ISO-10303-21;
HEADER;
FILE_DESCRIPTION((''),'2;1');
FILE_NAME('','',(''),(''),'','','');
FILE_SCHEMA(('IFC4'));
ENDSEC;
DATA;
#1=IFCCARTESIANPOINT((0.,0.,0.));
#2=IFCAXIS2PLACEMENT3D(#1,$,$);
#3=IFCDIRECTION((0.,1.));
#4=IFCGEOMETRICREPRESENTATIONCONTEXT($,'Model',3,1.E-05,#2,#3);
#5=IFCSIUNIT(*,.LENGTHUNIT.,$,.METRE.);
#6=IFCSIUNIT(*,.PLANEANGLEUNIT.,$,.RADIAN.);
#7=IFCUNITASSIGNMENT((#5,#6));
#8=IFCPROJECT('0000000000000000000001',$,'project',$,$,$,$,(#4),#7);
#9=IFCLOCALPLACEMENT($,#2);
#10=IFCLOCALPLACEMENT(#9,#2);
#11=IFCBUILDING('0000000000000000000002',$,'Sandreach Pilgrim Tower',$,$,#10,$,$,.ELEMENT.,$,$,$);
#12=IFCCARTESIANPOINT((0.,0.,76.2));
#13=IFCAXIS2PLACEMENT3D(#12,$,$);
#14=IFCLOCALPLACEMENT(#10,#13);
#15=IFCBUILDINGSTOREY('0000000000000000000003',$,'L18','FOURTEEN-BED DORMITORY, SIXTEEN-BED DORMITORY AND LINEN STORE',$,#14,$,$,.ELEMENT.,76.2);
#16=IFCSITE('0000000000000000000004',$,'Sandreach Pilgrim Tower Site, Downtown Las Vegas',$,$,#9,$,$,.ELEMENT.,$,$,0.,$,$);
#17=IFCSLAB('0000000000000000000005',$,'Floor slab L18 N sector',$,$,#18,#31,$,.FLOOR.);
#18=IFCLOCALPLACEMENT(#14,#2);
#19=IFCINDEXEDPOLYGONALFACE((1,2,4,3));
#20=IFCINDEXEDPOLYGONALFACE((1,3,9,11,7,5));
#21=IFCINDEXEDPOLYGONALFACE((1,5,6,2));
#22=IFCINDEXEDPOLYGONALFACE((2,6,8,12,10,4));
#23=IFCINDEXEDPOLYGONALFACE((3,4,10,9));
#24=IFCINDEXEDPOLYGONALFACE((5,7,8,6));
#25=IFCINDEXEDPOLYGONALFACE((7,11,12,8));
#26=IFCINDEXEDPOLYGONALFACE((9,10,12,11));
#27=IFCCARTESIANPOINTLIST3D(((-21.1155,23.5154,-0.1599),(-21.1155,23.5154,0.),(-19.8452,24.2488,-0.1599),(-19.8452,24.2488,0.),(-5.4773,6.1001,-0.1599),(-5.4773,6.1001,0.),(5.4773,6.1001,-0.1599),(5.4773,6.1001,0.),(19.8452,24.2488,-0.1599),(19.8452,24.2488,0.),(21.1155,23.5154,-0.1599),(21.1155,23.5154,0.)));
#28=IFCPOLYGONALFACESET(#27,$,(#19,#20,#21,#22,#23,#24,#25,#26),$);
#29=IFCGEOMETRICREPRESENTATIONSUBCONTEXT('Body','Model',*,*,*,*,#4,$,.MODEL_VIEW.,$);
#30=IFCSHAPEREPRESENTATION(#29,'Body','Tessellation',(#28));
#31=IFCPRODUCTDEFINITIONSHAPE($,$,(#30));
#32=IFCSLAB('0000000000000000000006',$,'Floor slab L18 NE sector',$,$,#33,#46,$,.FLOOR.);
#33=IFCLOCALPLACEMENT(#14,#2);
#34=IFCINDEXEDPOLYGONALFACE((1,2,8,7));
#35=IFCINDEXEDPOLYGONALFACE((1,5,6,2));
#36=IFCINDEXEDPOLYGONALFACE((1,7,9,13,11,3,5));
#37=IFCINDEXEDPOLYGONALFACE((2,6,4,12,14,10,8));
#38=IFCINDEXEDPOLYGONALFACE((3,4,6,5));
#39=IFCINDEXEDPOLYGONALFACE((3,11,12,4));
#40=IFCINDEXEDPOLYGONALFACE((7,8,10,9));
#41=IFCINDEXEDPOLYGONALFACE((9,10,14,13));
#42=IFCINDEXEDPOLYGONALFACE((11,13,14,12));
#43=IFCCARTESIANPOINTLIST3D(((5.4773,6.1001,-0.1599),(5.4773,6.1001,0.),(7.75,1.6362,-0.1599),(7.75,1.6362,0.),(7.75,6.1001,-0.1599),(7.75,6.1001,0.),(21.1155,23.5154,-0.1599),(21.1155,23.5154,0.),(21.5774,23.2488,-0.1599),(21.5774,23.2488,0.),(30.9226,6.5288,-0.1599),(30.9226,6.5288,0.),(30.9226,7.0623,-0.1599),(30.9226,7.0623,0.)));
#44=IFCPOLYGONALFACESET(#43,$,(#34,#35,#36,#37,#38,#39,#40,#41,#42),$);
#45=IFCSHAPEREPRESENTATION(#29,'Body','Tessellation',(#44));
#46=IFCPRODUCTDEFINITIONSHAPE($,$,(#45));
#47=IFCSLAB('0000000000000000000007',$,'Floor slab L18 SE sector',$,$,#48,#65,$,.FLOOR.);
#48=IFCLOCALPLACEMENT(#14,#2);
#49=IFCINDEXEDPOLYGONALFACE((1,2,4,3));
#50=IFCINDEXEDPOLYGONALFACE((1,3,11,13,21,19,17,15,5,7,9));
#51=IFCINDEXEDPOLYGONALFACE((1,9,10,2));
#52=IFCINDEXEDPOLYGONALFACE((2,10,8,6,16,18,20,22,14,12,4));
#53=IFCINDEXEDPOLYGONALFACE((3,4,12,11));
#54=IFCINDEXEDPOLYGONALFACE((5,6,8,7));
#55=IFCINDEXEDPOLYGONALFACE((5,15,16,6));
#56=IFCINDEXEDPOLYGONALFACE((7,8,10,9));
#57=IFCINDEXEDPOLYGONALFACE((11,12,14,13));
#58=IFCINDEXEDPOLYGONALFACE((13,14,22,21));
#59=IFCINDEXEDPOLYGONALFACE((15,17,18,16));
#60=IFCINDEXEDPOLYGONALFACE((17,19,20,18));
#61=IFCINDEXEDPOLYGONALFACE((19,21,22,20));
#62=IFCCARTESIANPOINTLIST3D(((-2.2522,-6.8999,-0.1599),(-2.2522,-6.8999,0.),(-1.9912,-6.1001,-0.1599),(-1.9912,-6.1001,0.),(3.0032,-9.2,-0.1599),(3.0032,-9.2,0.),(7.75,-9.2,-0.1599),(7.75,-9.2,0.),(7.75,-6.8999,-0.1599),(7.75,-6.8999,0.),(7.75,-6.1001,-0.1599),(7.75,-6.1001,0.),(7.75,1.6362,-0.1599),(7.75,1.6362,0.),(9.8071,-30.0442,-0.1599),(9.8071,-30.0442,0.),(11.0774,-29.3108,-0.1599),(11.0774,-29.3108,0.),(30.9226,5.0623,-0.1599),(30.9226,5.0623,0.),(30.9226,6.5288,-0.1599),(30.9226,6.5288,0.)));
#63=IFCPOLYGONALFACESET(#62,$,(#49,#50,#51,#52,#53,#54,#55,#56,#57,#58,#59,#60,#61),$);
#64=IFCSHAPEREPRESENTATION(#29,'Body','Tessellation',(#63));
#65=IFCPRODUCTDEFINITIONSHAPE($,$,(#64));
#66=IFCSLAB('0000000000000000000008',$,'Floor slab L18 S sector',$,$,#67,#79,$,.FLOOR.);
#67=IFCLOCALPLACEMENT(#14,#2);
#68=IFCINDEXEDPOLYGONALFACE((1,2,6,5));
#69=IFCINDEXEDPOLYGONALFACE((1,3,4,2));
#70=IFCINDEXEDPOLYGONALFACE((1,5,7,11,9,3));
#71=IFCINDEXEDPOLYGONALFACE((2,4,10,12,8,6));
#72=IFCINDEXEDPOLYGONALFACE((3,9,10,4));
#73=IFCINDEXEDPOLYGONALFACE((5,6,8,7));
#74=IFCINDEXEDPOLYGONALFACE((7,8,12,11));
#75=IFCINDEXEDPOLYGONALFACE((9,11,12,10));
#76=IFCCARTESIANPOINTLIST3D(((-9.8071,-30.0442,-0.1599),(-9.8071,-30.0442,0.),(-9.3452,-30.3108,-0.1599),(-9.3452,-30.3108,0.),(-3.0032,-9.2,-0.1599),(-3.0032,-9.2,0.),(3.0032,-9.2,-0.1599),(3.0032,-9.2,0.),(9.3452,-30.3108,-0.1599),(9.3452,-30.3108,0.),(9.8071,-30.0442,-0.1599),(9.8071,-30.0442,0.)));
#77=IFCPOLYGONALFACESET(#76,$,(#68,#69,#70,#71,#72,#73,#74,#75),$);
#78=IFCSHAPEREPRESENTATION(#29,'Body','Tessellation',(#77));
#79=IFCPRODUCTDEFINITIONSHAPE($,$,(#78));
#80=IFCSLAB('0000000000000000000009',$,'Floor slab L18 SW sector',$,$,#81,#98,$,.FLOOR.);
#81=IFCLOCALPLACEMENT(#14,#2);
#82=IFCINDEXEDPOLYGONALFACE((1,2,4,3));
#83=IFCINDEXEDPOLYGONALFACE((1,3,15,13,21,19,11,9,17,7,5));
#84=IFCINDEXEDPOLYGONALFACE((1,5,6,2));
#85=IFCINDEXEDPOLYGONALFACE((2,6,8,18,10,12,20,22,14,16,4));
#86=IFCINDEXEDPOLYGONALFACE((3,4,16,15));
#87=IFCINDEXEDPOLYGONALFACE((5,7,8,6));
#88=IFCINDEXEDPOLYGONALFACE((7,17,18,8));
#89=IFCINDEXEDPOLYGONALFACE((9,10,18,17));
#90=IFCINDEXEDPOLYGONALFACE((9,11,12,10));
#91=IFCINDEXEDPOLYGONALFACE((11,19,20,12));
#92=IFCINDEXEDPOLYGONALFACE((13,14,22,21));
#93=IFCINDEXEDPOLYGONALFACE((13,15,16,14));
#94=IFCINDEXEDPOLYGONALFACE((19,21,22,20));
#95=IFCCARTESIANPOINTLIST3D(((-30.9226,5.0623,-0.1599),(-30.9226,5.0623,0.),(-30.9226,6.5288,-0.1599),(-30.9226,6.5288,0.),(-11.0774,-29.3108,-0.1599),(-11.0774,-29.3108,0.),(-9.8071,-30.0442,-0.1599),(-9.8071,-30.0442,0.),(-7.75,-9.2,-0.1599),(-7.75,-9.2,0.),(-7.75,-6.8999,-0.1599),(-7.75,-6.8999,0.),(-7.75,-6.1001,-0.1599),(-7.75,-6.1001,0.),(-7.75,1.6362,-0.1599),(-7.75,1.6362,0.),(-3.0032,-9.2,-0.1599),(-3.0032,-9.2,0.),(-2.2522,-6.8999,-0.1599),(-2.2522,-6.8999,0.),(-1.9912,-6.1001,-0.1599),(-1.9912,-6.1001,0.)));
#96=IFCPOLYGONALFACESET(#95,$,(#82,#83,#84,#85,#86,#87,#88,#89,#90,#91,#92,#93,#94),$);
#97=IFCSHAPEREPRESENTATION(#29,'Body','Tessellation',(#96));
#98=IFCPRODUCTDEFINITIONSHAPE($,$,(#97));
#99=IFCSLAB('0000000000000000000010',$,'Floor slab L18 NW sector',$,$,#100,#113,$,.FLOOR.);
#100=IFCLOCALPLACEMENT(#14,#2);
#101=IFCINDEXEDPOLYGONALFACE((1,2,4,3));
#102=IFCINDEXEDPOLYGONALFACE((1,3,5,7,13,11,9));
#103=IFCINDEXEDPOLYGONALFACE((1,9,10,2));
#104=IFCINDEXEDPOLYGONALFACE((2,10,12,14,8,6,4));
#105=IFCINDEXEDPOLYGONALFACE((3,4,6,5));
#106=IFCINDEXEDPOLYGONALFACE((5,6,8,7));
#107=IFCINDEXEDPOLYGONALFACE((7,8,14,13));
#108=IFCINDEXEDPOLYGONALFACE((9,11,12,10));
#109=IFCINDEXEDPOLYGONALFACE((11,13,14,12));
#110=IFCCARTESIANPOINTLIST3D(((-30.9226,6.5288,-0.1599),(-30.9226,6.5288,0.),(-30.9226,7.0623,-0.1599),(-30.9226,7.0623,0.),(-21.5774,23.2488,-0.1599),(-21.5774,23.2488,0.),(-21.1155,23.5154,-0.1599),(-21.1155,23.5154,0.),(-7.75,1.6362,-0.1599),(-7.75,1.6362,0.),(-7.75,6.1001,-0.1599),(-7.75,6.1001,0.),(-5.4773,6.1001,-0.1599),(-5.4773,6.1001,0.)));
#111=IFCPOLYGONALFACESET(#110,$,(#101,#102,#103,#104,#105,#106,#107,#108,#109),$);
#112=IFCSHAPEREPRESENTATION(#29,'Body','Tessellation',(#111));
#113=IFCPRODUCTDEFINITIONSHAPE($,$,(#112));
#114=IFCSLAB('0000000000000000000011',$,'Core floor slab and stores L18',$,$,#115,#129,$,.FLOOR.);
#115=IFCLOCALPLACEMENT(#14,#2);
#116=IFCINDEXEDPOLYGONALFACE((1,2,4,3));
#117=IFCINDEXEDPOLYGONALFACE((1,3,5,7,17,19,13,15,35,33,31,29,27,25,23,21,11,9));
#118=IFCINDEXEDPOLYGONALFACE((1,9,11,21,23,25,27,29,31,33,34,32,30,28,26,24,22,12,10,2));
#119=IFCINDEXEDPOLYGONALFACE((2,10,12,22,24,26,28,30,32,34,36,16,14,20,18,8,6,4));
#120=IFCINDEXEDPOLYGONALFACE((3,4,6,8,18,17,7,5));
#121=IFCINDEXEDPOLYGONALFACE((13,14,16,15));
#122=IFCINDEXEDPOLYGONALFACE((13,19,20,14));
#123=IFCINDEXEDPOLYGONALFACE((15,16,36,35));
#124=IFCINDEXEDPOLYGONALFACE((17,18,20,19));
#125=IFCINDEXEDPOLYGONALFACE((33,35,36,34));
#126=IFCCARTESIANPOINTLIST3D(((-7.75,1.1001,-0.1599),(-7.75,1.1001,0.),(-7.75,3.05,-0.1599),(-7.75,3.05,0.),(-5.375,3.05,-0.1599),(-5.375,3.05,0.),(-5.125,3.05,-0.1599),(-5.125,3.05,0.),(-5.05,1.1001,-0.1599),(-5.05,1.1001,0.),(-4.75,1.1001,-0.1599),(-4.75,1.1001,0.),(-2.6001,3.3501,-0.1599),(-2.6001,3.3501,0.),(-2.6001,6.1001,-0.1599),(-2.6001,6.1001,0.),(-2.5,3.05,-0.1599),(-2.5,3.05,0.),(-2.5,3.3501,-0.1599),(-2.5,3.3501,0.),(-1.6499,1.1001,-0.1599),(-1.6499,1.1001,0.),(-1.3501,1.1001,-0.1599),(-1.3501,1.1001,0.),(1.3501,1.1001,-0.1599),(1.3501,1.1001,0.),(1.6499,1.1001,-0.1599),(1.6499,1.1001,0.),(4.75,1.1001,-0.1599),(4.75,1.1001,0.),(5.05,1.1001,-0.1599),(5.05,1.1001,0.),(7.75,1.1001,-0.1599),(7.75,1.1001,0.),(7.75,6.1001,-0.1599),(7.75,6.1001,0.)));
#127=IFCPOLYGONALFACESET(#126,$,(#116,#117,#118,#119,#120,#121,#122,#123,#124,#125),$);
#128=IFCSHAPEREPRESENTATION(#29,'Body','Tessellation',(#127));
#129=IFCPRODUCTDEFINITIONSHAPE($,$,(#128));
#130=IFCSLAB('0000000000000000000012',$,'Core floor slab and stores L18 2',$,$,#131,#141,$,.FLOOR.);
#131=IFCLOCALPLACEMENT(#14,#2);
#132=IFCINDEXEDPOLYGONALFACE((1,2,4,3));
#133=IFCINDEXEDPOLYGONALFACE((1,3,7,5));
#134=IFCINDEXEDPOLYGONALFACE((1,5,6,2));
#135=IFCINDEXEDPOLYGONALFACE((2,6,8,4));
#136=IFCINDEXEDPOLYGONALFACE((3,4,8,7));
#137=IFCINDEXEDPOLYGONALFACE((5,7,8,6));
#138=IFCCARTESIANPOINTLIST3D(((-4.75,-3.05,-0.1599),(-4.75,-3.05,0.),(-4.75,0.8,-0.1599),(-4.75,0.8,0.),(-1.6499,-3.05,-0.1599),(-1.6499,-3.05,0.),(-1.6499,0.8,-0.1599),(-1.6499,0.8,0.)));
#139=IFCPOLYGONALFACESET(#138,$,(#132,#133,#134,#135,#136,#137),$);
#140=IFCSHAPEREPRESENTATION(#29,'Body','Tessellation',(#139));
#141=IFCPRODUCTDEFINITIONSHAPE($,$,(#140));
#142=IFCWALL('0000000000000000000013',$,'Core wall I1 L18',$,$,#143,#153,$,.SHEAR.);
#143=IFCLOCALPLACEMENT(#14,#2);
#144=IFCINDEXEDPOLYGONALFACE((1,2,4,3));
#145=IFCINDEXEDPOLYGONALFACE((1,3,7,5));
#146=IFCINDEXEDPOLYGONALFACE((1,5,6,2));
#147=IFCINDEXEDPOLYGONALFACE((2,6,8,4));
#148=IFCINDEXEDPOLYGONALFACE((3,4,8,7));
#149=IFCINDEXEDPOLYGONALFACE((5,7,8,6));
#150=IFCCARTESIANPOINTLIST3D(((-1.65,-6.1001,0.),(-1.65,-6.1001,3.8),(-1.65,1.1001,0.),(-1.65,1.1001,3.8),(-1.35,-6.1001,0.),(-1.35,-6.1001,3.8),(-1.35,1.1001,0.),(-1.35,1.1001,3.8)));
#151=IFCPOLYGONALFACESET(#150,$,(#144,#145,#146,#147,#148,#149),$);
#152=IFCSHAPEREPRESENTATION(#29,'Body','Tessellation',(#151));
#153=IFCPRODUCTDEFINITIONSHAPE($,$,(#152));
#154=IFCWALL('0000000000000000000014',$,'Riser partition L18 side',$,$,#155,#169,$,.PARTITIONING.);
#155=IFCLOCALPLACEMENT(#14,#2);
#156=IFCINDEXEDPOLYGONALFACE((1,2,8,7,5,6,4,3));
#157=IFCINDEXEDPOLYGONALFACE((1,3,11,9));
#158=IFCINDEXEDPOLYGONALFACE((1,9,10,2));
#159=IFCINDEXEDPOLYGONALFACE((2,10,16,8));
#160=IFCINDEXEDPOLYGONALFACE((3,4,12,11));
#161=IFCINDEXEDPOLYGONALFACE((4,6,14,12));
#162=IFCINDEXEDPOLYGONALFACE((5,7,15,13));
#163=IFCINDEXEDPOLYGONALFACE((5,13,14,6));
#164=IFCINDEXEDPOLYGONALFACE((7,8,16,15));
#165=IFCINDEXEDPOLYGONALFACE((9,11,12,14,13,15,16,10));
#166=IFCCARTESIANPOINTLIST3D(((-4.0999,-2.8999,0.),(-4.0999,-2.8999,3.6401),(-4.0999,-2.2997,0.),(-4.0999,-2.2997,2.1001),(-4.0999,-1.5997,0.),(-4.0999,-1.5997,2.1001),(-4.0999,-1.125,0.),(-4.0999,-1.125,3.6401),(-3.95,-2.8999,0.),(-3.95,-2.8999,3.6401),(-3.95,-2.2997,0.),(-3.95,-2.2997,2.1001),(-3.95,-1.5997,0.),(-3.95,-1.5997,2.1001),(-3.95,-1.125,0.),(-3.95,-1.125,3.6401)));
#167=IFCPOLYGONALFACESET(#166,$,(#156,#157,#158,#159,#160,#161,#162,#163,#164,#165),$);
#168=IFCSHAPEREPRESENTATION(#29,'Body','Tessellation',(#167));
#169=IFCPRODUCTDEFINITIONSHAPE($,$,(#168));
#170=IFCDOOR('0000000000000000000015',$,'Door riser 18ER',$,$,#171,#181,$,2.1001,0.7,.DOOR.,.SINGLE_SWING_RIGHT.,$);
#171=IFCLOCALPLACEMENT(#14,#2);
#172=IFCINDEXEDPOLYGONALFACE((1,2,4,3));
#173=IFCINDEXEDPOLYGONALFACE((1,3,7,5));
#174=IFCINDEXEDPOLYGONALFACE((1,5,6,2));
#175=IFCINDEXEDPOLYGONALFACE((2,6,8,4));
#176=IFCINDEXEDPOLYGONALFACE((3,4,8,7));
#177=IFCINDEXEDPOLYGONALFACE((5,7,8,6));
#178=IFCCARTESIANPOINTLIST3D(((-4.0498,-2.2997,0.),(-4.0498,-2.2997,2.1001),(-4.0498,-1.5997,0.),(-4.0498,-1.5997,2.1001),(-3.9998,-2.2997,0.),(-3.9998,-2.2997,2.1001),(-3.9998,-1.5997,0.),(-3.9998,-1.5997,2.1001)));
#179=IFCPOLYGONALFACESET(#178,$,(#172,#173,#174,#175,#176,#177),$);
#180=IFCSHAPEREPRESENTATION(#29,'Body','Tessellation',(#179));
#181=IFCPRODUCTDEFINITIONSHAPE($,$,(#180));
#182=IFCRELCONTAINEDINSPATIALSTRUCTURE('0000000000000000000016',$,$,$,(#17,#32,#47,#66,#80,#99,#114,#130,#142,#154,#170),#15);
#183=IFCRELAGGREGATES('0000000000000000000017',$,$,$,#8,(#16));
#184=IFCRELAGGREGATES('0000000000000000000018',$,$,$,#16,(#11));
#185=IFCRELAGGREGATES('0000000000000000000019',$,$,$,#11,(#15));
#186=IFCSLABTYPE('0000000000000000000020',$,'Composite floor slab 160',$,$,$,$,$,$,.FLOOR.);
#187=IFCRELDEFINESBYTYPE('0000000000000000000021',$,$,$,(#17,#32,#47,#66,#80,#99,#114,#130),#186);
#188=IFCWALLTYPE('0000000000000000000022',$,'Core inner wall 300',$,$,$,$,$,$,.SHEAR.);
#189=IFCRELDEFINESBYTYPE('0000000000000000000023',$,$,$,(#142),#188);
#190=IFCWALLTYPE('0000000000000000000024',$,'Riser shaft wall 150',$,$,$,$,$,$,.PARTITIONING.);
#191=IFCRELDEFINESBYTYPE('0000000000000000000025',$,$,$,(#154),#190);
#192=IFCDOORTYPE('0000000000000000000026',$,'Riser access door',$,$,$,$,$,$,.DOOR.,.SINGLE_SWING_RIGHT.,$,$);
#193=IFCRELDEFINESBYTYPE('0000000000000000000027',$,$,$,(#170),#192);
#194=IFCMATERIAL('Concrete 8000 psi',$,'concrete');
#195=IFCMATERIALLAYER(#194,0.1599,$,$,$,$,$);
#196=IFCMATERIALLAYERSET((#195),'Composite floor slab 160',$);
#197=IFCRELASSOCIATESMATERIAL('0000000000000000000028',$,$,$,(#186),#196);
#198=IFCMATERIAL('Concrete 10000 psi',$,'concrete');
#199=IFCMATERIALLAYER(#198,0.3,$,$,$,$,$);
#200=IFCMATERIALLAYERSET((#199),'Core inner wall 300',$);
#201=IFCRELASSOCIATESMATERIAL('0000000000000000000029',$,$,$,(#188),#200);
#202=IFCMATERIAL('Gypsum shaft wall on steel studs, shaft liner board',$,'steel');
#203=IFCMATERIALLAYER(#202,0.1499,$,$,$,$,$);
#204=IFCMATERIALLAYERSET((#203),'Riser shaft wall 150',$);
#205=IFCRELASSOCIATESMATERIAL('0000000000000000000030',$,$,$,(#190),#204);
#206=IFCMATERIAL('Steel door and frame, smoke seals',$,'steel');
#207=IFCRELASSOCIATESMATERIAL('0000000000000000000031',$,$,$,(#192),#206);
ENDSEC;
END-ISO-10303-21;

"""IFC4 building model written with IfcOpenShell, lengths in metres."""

from ifc_helpers import new_model, si_unit, direction, frame, frame_2d, origin, place, context, subcontext, project, spatial, polyline, rectangle, outline, extrude, material, layer, layer_set, type_object, element, fill, save


model = new_model("IFC4")

# Units and contexts
model_context = context("Model", 3, precision=1e-05, world=origin(), true_north=direction((0.0, 1.0)))
body_context = subcontext(model_context, "Body", "Model", "MODEL_VIEW")
ifc_project = project(units=[si_unit("LENGTHUNIT", "METRE"), si_unit("PLANEANGLEUNIT", "RADIAN")], contexts=[model_context])

# Site, building, storey
site_placement = place(None, origin())
site = spatial("IfcSite", under=ifc_project, at=site_placement, Name="Sandreach Pilgrim Tower Site, Downtown Las Vegas", CompositionType="ELEMENT", RefElevation=0.0)
building_placement = place(site_placement, origin())
building = spatial("IfcBuilding", under=site, at=building_placement, Name="Sandreach Pilgrim Tower", CompositionType="ELEMENT")
storey_placement = place(building_placement, frame((0.0, 0.0, 76.2)))
storey = spatial("IfcBuildingStorey", under=building, at=storey_placement, Name="L18", Description="FOURTEEN-BED DORMITORY, SIXTEEN-BED DORMITORY AND LINEN STORE", CompositionType="ELEMENT", Elevation=76.2)

# Slabs
ifc_material_1 = material(Name="Concrete 8000 psi", Category="concrete")
ifc_layer_1 = layer(ifc_material_1, 0.1599)
ifc_layer_set_1 = layer_set([ifc_layer_1], Name="Composite floor slab 160")
slab_type = type_object("IfcSlabType", Name="Composite floor slab 160", PredefinedType="FLOOR", material=ifc_layer_set_1)
slab_1_placement = place(storey_placement, frame((0.0, 0.0, -0.1599)))
element("IfcSlab", 1, at=slab_1_placement, inside=storey, type_object=slab_type, Name="Floor slab L18 N sector", PredefinedType="FLOOR", context=body_context, shape_type="SweptSolid", body=[
    extrude(outline(polyline([(-19.8452, 24.2488), (19.8452, 24.2488), (21.1155, 23.5154), (5.4773, 6.1001), (-5.4773, 6.1001), (-21.1155, 23.5154), (-19.8452, 24.2488)])), origin(), (0.0, 0.0, 1.0), 0.1599),
])
slab_2_placement = place(storey_placement, frame((0.0, 0.0, -0.1599)))
element("IfcSlab", 2, at=slab_2_placement, inside=storey, type_object=slab_type, Name="Floor slab L18 NE sector", PredefinedType="FLOOR", context=body_context, shape_type="SweptSolid", body=[
    extrude(outline(polyline([(21.5774, 23.2488), (30.9226, 7.0623), (30.9226, 6.5288), (7.75, 1.6362), (7.75, 6.1001), (5.4773, 6.1001), (21.1155, 23.5154), (21.5774, 23.2488)])), origin(), (0.0, 0.0, 1.0), 0.1599),
])
slab_3_placement = place(storey_placement, frame((0.0, 0.0, -0.1599)))
element("IfcSlab", 3, at=slab_3_placement, inside=storey, type_object=slab_type, Name="Floor slab L18 SE sector", PredefinedType="FLOOR", context=body_context, shape_type="SweptSolid", body=[
    extrude(outline(polyline([(11.0774, -29.3108), (9.8071, -30.0442), (3.0032, -9.2), (7.75, -9.2), (7.75, -6.8999), (-2.2522, -6.8999), (-1.9912, -6.1001), (7.75, -6.1001), (7.75, 1.6362), (30.9226, 6.5288), (30.9226, 5.0623), (11.0774, -29.3108)])), origin(), (0.0, 0.0, 1.0), 0.1599),
])
slab_4_placement = place(storey_placement, frame((0.0, 0.0, -0.1599)))
element("IfcSlab", 4, at=slab_4_placement, inside=storey, type_object=slab_type, Name="Floor slab L18 S sector", PredefinedType="FLOOR", context=body_context, shape_type="SweptSolid", body=[
    extrude(outline(polyline([(9.3452, -30.3108), (-9.3452, -30.3108), (-9.8071, -30.0442), (-3.0032, -9.2), (3.0032, -9.2), (9.8071, -30.0442), (9.3452, -30.3108)])), origin(), (0.0, 0.0, 1.0), 0.1599),
])
slab_5_placement = place(storey_placement, frame((0.0, 0.0, -0.1599)))
element("IfcSlab", 5, at=slab_5_placement, inside=storey, type_object=slab_type, Name="Floor slab L18 SW sector", PredefinedType="FLOOR", context=body_context, shape_type="SweptSolid", body=[
    extrude(outline(polyline([(-11.0774, -29.3108), (-30.9226, 5.0623), (-30.9226, 6.5288), (-7.75, 1.6362), (-7.75, -6.1001), (-1.9912, -6.1001), (-2.2522, -6.8999), (-7.75, -6.8999), (-7.75, -9.2), (-3.0032, -9.2), (-9.8071, -30.0442), (-11.0774, -29.3108)])), origin(), (0.0, 0.0, 1.0), 0.1599),
])
slab_6_placement = place(storey_placement, frame((0.0, 0.0, -0.1599)))
element("IfcSlab", 6, at=slab_6_placement, inside=storey, type_object=slab_type, Name="Floor slab L18 NW sector", PredefinedType="FLOOR", context=body_context, shape_type="SweptSolid", body=[
    extrude(outline(polyline([(-30.9226, 7.0623), (-21.5774, 23.2488), (-21.1155, 23.5154), (-5.4773, 6.1001), (-7.75, 6.1001), (-7.75, 1.6362), (-30.9226, 6.5288), (-30.9226, 7.0623)])), origin(), (0.0, 0.0, 1.0), 0.1599),
])
slab_7_placement = place(storey_placement, frame((0.0, 0.0, -0.1599)))
element("IfcSlab", 7, at=slab_7_placement, inside=storey, type_object=slab_type, Name="Core floor slab and stores L18", PredefinedType="FLOOR", context=body_context, shape_type="SweptSolid", body=[
    extrude(outline(polyline([(-7.75, 3.05), (-5.375, 3.05), (-5.125, 3.05), (-2.5, 3.05), (-2.5, 3.3501), (-2.6001, 3.3501), (-2.6001, 6.1001), (7.75, 6.1001), (7.75, 1.1001), (5.05, 1.1001), (4.75, 1.1001), (1.6499, 1.1001), (1.3501, 1.1001), (-1.3501, 1.1001), (-1.6499, 1.1001), (-4.75, 1.1001), (-5.05, 1.1001), (-7.75, 1.1001), (-7.75, 3.05)])), origin(), (0.0, 0.0, 1.0), 0.1599),
])
slab_8_placement = place(storey_placement, frame((0.0, 0.0, -0.1599)))
element("IfcSlab", 8, at=slab_8_placement, inside=storey, type_object=slab_type, Name="Core floor slab and stores L18 2", PredefinedType="FLOOR", context=body_context, shape_type="SweptSolid", body=[
    extrude(outline(polyline([(-1.6499, -3.05), (-4.75, -3.05), (-4.75, 0.8), (-1.6499, 0.8), (-1.6499, -3.05)])), origin(), (0.0, 0.0, 1.0), 0.1599),
])

# Wall
ifc_material_2 = material(Name="Concrete 10000 psi", Category="concrete")
ifc_layer_2 = layer(ifc_material_2, 0.3)
ifc_layer_set_2 = layer_set([ifc_layer_2], Name="Core inner wall 300")
wall_type_1 = type_object("IfcWallType", Name="Core inner wall 300", PredefinedType="SHEAR", material=ifc_layer_set_2)
wall_1_placement = place(storey_placement, frame((-1.5, -6.1001, 0.0), z_axis=(0.0, 0.0, 1.0), x_axis=(0.0, 1.0, 0.0)))
element("IfcWall", 9, at=wall_1_placement, inside=storey, type_object=wall_type_1, Name="Core wall I1 L18", PredefinedType="SHEAR", context=body_context, shape_type="SweptSolid", body=[
    extrude(rectangle(XDim=7.2002, YDim=0.3, at=frame_2d((3.6001, 0.0))), origin(), (0.0, 0.0, 1.0), 3.8),
])

# Wall, opening, door
ifc_material_3 = material(Name="Gypsum shaft wall on steel studs, shaft liner board", Category="steel")
ifc_layer_3 = layer(ifc_material_3, 0.1499)
ifc_layer_set_3 = layer_set([ifc_layer_3], Name="Riser shaft wall 150")
wall_type_2 = type_object("IfcWallType", Name="Riser shaft wall 150", PredefinedType="PARTITIONING", material=ifc_layer_set_3)
wall_2_placement = place(storey_placement, frame((-4.0249, -2.8999, 0.0), z_axis=(0.0, 0.0, 1.0), x_axis=(0.0, 1.0, 0.0)))
wall_2 = element("IfcWall", 10, at=wall_2_placement, inside=storey, type_object=wall_type_2, Name="Riser partition L18 side", PredefinedType="PARTITIONING", context=body_context, shape_type="SweptSolid", body=[
    extrude(rectangle(XDim=1.7749, YDim=0.1499, at=frame_2d((0.8875, 0.0))), origin(), (0.0, 0.0, 1.0), 3.6401),
])
opening_placement = place(wall_2_placement, frame((0.6001, 0.0, 0.0)))
opening = element("IfcOpeningElement", 11, at=opening_placement, cuts=wall_2, PredefinedType="OPENING", context=body_context, shape_type="SweptSolid", body=[
    extrude(rectangle(XDim=0.7, YDim=2.1001, at=frame_2d((0.3501, 1.05))), frame((0.0, 0.075, 0.0), z_axis=(0.0, -1.0, 0.0), x_axis=(1.0, 0.0, 0.0)), (0.0, 0.0, 1.0), 0.1499),
])
ifc_material_4 = material(Name="Steel door and frame, smoke seals", Category="steel")
door_type = type_object("IfcDoorType", Name="Riser access door", OperationType="SINGLE_SWING_RIGHT", PredefinedType="DOOR", material=ifc_material_4)
door_placement = place(opening_placement, origin())
door = element("IfcDoor", 12, at=door_placement, inside=storey, type_object=door_type, Name="Door riser 18ER", OperationType="SINGLE_SWING_RIGHT", OverallHeight=2.1001, OverallWidth=0.7, PredefinedType="DOOR", context=body_context, shape_type="SweptSolid", body=[
    extrude(rectangle(XDim=0.7, YDim=2.1001, at=frame_2d((0.3501, 1.05))), frame((0.0, 0.0249, 0.0), z_axis=(0.0, -1.0, 0.0), x_axis=(1.0, 0.0, 0.0)), (0.0, 0.0, 1.0), 0.05),
])
fill(opening, door)

save(model, "model.ifc")
